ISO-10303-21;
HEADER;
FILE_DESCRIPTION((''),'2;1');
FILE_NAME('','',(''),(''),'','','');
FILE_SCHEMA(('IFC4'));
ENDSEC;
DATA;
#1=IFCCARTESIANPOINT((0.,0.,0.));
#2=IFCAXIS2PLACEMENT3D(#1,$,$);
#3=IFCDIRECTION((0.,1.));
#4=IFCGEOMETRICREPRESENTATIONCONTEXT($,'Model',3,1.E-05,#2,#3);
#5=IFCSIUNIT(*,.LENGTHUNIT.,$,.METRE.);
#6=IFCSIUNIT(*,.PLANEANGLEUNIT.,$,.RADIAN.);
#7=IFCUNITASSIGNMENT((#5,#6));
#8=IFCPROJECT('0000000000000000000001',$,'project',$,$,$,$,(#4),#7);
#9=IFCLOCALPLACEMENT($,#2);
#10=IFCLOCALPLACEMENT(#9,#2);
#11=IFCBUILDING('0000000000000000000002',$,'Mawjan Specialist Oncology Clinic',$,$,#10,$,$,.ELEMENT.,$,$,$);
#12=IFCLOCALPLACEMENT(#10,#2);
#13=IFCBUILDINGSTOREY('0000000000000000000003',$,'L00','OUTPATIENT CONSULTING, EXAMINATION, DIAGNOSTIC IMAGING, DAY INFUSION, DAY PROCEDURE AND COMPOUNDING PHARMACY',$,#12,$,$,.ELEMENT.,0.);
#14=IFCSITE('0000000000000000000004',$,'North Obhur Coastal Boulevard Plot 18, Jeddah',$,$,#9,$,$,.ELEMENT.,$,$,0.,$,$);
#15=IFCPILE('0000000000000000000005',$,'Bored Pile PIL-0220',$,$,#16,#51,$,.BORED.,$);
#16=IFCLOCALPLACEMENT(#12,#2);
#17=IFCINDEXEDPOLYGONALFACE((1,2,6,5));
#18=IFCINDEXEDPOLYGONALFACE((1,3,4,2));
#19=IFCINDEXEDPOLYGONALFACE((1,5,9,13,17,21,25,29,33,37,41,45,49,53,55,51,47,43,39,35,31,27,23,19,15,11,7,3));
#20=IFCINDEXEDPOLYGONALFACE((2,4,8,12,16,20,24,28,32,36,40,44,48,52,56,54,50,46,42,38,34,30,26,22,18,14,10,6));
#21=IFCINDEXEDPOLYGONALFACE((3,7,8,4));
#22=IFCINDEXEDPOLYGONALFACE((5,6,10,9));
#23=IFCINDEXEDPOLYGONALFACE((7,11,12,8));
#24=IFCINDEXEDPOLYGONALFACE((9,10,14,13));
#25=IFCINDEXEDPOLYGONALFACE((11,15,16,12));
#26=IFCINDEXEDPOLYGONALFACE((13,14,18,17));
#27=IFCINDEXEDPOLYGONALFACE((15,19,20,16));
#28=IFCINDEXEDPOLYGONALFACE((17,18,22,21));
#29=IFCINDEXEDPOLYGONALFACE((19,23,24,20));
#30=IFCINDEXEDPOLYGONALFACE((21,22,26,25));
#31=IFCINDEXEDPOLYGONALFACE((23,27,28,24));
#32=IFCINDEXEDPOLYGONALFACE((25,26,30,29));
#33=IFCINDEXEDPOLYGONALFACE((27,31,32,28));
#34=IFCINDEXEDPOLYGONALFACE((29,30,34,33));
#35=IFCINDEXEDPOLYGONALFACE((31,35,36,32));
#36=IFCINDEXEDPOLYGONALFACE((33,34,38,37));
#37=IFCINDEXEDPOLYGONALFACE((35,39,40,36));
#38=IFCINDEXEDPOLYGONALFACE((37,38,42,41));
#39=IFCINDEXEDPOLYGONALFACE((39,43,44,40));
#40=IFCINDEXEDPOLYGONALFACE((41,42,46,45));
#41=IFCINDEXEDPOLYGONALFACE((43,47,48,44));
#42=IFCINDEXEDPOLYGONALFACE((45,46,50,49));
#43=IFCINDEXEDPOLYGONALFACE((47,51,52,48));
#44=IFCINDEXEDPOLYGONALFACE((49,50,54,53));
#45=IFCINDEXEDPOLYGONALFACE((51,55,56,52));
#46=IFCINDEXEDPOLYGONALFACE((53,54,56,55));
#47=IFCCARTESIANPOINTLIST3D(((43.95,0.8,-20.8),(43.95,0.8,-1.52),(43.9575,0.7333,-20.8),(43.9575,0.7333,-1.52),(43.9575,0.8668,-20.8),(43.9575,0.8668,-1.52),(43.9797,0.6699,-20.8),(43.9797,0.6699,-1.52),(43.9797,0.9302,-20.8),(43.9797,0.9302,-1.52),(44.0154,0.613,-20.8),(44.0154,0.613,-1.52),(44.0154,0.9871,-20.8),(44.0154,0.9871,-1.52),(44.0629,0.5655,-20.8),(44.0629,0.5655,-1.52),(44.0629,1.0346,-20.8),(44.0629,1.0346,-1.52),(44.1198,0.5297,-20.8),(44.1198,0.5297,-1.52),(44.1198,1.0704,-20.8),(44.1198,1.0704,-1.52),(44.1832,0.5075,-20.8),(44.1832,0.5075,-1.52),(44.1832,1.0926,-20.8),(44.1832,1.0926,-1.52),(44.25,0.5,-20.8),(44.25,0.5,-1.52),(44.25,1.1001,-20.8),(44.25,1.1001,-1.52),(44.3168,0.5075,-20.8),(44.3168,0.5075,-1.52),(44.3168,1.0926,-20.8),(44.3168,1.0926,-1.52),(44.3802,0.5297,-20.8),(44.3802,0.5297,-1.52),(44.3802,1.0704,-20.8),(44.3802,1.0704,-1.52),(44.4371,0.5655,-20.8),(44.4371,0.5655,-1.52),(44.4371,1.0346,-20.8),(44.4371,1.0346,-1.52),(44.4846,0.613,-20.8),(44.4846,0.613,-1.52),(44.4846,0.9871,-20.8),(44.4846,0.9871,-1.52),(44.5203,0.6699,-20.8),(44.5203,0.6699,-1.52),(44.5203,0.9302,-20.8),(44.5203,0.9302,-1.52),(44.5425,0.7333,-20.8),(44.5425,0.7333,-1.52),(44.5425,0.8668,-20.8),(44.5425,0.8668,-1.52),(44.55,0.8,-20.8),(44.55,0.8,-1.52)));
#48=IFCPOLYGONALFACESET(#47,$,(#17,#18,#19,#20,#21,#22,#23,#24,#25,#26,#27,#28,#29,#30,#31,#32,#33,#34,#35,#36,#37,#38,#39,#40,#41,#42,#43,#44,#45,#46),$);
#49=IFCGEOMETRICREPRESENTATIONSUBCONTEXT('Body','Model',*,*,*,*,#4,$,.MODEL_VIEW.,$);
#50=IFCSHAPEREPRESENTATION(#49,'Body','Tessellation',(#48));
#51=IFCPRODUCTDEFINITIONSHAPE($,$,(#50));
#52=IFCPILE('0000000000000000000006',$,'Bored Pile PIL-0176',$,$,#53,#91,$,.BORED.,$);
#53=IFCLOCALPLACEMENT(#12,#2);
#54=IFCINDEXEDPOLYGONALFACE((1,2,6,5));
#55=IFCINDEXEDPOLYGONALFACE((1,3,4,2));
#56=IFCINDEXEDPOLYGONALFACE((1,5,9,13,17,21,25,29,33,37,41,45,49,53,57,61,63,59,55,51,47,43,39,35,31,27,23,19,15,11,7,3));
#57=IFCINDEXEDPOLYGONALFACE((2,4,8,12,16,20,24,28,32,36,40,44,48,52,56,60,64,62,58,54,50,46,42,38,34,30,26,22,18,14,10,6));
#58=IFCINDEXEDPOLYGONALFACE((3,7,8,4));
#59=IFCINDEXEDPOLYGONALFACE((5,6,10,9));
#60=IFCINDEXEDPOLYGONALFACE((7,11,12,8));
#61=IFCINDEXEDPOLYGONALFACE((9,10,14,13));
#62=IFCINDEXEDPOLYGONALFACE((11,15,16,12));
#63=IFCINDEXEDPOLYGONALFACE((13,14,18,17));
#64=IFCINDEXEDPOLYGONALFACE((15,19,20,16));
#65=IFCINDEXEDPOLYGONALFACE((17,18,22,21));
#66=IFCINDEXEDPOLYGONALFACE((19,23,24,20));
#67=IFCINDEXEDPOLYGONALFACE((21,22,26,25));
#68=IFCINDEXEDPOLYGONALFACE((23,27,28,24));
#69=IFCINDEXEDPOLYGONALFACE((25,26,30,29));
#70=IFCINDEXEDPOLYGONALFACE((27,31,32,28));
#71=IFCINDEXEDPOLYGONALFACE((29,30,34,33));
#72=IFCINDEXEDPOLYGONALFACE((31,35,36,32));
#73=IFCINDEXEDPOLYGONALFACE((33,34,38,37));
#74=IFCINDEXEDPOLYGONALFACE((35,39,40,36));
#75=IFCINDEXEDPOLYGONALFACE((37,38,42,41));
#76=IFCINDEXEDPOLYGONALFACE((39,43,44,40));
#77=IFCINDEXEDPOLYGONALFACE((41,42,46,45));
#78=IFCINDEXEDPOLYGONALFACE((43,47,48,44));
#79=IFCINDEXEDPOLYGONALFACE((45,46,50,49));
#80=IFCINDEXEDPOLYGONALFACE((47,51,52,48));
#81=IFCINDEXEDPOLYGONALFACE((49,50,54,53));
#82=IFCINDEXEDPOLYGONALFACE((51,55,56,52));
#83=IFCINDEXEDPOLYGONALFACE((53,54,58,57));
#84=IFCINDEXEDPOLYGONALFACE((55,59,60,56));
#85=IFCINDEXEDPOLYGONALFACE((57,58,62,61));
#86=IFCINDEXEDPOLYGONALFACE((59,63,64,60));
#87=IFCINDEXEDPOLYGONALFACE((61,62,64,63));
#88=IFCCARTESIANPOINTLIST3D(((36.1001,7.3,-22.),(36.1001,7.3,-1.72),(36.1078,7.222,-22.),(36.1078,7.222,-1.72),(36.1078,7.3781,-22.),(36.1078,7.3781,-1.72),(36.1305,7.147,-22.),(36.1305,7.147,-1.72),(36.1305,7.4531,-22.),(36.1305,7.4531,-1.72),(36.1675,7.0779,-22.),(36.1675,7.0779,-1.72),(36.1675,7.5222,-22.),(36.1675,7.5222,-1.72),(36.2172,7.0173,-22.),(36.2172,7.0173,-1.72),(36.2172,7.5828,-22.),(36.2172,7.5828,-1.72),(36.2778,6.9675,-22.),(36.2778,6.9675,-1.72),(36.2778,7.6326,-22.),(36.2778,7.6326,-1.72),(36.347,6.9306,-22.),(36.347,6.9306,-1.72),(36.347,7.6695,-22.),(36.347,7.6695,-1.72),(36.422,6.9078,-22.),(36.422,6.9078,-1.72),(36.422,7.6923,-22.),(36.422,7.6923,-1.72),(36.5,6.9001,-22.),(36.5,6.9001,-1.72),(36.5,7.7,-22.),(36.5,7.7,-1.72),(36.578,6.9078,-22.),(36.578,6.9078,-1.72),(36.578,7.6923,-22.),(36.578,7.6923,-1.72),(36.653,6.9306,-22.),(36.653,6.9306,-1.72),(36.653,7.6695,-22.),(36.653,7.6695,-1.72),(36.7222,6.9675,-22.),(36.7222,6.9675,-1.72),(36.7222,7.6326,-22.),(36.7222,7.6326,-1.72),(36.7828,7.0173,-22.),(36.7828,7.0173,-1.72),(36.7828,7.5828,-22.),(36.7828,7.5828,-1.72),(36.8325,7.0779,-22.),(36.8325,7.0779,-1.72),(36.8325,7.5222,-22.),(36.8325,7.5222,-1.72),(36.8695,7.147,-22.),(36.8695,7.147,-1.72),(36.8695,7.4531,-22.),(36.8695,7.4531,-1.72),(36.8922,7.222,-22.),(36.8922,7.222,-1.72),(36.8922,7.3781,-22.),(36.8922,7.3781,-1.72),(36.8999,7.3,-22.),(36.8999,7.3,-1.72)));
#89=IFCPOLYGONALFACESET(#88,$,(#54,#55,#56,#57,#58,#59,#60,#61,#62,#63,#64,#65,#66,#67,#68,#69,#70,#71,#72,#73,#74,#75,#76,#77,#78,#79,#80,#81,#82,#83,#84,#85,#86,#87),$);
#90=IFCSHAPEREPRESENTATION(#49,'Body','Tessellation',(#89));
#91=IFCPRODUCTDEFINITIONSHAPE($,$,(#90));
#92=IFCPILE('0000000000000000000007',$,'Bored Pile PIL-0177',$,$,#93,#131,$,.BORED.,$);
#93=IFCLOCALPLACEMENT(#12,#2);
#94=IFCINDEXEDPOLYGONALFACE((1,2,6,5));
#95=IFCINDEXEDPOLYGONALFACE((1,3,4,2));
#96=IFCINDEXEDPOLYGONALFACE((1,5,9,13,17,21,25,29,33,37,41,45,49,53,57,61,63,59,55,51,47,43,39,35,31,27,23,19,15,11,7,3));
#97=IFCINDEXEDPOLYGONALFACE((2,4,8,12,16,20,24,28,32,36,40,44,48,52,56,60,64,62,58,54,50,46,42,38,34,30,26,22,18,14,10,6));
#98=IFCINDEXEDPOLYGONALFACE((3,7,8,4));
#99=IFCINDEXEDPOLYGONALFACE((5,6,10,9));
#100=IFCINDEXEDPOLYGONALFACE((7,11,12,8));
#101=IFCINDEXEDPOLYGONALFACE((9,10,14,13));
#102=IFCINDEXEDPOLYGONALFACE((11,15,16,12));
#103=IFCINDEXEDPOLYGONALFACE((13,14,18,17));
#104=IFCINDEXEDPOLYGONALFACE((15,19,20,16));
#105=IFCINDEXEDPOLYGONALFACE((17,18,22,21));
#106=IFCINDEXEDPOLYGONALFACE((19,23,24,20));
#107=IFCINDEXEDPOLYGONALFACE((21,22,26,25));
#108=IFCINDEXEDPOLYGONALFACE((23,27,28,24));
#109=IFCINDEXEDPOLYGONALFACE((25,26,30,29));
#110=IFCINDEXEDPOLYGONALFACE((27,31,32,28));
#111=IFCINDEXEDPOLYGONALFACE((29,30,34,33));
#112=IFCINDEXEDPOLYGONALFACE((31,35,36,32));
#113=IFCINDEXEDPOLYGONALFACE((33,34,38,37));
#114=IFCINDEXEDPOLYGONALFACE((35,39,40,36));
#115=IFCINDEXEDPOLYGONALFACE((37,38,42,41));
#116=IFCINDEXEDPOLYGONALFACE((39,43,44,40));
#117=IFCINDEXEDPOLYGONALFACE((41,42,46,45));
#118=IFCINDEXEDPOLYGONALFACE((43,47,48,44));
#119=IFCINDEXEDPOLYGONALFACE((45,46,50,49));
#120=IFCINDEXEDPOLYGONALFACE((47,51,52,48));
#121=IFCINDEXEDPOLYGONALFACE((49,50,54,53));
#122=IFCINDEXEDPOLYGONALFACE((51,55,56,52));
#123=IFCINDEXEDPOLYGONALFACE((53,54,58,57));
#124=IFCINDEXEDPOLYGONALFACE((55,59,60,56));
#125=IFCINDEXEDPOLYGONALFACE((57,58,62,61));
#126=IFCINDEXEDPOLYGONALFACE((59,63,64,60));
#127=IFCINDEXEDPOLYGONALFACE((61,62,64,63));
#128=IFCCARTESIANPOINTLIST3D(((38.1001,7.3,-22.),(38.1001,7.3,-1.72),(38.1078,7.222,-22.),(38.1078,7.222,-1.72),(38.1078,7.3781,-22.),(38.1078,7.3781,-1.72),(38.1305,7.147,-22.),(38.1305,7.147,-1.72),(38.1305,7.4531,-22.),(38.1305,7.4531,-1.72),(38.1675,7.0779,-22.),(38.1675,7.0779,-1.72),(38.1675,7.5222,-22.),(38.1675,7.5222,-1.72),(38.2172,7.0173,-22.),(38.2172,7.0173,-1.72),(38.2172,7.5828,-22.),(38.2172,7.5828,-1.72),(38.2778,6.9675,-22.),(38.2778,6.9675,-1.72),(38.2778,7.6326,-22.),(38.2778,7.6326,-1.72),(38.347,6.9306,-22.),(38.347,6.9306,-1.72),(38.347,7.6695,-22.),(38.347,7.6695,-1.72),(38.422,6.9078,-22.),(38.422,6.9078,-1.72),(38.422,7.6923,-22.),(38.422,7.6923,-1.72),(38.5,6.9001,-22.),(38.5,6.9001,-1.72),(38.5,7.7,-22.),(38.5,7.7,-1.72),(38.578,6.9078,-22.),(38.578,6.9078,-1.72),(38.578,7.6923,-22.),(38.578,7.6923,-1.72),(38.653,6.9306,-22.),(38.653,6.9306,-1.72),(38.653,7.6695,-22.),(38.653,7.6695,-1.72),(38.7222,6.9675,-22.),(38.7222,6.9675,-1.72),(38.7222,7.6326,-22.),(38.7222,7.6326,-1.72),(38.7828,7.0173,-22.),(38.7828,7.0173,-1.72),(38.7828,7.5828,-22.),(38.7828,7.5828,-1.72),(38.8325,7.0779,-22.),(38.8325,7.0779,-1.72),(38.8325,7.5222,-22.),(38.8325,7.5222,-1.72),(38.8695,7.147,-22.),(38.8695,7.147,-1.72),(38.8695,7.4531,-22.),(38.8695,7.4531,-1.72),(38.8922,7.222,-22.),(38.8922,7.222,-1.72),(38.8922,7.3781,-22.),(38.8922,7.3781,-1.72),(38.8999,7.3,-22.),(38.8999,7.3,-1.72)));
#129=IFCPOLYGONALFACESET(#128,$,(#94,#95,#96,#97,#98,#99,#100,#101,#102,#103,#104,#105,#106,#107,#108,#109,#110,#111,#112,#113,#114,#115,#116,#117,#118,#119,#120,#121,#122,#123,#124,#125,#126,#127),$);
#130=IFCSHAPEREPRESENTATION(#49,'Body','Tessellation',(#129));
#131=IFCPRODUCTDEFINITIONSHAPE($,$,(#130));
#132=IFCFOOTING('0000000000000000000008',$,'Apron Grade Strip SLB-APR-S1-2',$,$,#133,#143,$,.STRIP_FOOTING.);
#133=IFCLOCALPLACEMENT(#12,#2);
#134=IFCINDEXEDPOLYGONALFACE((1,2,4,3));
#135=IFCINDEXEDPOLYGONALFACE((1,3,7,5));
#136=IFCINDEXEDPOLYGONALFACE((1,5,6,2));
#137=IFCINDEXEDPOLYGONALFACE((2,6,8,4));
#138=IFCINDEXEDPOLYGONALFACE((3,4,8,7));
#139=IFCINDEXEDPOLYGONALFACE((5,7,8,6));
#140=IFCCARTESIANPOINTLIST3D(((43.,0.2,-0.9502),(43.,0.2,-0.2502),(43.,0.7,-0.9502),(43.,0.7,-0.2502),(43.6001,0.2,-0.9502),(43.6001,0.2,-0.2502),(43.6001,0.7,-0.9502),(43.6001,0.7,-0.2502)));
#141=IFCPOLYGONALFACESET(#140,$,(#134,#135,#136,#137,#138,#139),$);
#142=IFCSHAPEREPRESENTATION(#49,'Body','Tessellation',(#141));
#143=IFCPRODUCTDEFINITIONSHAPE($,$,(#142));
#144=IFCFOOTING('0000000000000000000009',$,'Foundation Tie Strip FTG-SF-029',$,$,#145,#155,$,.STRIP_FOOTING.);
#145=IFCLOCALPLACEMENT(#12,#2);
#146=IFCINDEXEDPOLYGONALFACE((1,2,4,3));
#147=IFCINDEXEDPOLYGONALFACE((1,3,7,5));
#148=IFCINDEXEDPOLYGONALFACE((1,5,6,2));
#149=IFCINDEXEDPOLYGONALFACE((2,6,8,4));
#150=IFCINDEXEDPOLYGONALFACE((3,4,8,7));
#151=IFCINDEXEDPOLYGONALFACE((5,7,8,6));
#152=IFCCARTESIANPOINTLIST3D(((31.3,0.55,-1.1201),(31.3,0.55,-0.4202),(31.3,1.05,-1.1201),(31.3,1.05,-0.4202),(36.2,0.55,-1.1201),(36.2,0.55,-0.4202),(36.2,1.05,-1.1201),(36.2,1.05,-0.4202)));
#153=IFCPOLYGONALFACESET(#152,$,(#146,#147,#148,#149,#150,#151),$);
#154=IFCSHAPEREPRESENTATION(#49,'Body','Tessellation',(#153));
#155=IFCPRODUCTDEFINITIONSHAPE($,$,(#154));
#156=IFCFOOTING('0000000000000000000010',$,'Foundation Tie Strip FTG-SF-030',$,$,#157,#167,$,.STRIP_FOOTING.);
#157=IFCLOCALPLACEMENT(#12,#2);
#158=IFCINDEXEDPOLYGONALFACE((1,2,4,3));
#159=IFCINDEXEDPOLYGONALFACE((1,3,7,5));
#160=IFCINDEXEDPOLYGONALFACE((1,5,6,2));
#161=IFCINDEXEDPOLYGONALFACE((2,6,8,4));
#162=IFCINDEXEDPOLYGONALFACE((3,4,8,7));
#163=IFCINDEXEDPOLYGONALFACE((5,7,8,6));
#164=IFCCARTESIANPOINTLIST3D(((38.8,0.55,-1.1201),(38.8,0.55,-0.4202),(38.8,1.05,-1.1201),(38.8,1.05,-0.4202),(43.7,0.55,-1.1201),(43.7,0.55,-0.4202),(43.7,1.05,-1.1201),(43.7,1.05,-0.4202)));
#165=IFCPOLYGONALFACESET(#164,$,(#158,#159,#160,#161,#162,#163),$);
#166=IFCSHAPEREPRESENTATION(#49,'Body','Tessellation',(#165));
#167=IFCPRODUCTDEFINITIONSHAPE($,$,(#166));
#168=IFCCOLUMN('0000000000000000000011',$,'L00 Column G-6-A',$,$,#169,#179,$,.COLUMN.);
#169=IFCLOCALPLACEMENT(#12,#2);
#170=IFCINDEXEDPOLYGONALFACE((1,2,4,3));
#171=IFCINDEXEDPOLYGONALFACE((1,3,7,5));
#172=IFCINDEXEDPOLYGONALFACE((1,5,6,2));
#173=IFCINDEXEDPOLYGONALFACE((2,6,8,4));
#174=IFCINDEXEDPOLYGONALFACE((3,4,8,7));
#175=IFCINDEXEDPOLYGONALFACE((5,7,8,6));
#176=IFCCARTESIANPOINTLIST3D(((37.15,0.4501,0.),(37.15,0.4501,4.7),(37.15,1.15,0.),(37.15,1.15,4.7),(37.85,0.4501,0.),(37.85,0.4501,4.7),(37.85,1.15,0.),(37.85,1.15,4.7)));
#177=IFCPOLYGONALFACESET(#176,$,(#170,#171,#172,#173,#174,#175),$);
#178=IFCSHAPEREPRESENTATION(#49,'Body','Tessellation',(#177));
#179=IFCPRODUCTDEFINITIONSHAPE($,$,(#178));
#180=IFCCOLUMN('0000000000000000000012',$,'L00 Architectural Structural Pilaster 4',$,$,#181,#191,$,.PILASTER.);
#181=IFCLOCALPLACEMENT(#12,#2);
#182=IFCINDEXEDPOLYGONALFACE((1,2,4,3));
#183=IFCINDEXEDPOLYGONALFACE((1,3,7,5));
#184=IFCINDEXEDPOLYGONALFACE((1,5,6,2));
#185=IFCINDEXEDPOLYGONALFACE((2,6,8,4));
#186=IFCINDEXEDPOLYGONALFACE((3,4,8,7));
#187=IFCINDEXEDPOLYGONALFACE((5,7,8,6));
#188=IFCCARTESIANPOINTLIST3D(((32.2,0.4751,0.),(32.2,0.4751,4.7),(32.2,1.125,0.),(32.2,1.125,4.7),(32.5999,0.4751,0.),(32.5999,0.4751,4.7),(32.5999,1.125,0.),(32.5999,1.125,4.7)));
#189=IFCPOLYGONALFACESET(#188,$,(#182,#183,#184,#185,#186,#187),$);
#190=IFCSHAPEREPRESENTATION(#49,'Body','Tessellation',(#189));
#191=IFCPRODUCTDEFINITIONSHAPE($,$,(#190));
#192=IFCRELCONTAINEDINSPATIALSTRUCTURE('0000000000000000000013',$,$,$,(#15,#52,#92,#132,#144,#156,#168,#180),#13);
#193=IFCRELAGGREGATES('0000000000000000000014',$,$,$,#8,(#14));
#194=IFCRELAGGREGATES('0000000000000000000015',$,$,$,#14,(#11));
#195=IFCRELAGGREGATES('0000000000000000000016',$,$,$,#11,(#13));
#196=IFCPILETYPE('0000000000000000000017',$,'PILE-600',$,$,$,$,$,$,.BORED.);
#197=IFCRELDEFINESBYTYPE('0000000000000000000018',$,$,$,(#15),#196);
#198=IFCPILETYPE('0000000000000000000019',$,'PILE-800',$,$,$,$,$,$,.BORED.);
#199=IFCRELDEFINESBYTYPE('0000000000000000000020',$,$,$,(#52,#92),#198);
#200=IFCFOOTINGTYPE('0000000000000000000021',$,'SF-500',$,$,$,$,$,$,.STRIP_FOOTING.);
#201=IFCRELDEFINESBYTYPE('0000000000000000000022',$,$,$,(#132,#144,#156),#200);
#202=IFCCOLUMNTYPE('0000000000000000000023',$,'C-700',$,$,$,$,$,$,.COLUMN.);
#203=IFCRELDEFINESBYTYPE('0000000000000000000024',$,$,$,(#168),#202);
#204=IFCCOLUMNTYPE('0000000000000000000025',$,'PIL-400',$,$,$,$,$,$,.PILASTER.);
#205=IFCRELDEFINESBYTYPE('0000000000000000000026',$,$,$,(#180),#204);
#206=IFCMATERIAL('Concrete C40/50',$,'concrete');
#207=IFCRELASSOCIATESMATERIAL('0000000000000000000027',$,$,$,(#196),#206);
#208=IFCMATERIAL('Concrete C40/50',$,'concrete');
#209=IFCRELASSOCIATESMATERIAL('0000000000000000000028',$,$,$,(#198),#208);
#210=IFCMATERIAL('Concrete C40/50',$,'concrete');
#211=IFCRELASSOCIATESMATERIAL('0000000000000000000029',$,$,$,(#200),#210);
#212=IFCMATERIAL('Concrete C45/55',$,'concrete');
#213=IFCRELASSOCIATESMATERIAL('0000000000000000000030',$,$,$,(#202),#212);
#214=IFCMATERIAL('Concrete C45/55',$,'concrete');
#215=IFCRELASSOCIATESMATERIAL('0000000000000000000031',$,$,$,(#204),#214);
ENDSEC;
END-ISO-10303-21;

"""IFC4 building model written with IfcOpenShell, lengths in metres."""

from ifc_helpers import new_model, si_unit, direction, frame, origin, origin_2d, place, context, subcontext, project, spatial, rectangle, circle, extrude, material, material_profile, profile_set, type_object, element, save


model = new_model("IFC4")

# Units and contexts
model_context = context("Model", 3, precision=1e-05, world=origin(), true_north=direction((0.0, 1.0)))
body_context = subcontext(model_context, "Body", "Model", "MODEL_VIEW")
ifc_project = project(units=[si_unit("LENGTHUNIT", "METRE"), si_unit("PLANEANGLEUNIT", "RADIAN")], contexts=[model_context])

# Site, building, storey
site_placement = place(None, origin())
site = spatial("IfcSite", under=ifc_project, at=site_placement, Name="North Obhur Coastal Boulevard Plot 18, Jeddah", CompositionType="ELEMENT", RefElevation=0.0)
building_placement = place(site_placement, origin())
building = spatial("IfcBuilding", under=site, at=building_placement, Name="Mawjan Specialist Oncology Clinic", CompositionType="ELEMENT")
storey_placement = place(building_placement, origin())
storey = spatial("IfcBuildingStorey", under=building, at=storey_placement, Name="L00", Description="OUTPATIENT CONSULTING, EXAMINATION, DIAGNOSTIC IMAGING, DAY INFUSION, DAY PROCEDURE AND COMPOUNDING PHARMACY", CompositionType="ELEMENT", Elevation=0.0)

# Piles
ifc_material_1 = material(Name="Concrete C40/50", Category="concrete")
ifc_material_profile_1 = material_profile(ifc_material_1, circle(Radius=0.3, at=origin_2d()), Name="BORED PILE D600", Category="concrete")
ifc_profile_set_1 = profile_set([ifc_material_profile_1], Name="Concrete C40/50")
pile_type_1 = type_object("IfcPileType", Name="PILE-600", PredefinedType="BORED", material=ifc_profile_set_1)
for number, where, z_axis, x_axis, name in (
    (1, (44.25, 0.8, -1.52), (0.0, 0.0, -1.0), (1.0, 0.0, 0.0), "Bored Pile PIL-0220"),
):
    element("IfcPile", number, at=place(storey_placement, frame(where, z_axis=z_axis, x_axis=x_axis)), inside=storey, type_object=pile_type_1, Name=name, PredefinedType="BORED", context=body_context, shape_type="SweptSolid", body=[
        extrude(circle(Radius=0.3, at=origin_2d()), origin(), (0.0, 0.0, 1.0), 19.28),
    ])
ifc_material_2 = material(Name="Concrete C40/50", Category="concrete")
ifc_material_profile_2 = material_profile(ifc_material_2, circle(Radius=0.3999, at=origin_2d()), Name="BORED PILE D800", Category="concrete")
ifc_profile_set_2 = profile_set([ifc_material_profile_2], Name="Concrete C40/50")
pile_type_2 = type_object("IfcPileType", Name="PILE-800", PredefinedType="BORED", material=ifc_profile_set_2)
for number, where, z_axis, x_axis, name in (
    (2, (36.5, 7.3, -1.72), (0.0, 0.0, -1.0), (1.0, 0.0, 0.0), "Bored Pile PIL-0176"),
    (3, (38.5, 7.3, -1.72), (0.0, 0.0, -1.0), (1.0, 0.0, 0.0), "Bored Pile PIL-0177"),
):
    element("IfcPile", number, at=place(storey_placement, frame(where, z_axis=z_axis, x_axis=x_axis)), inside=storey, type_object=pile_type_2, Name=name, PredefinedType="BORED", context=body_context, shape_type="SweptSolid", body=[
        extrude(circle(Radius=0.3999, at=origin_2d()), origin(), (0.0, 0.0, 1.0), 20.28),
    ])

# Footings
ifc_material_3 = material(Name="Concrete C40/50", Category="concrete")
footing_type_1 = type_object("IfcFootingType", Name="SF-500", PredefinedType="STRIP_FOOTING", material=ifc_material_3)
footing_1_placement = place(storey_placement, frame((43.3, 0.45, -0.9502), z_axis=(0.0, 0.0, 1.0), x_axis=(1.0, 0.0, 0.0)))
element("IfcFooting", 4, at=footing_1_placement, inside=storey, type_object=footing_type_1, Name="Apron Grade Strip SLB-APR-S1-2", PredefinedType="STRIP_FOOTING", context=body_context, shape_type="SweptSolid", body=[
    extrude(rectangle(XDim=0.6001, YDim=0.5, at=origin_2d()), origin(), (0.0, 0.0, 1.0), 0.7),
])
for number, where, z_axis, x_axis, name in (
    (5, (33.75, 0.8, -1.1201), (0.0, 0.0, 1.0), (1.0, 0.0, 0.0), "Foundation Tie Strip FTG-SF-029"),
    (6, (41.25, 0.8, -1.1201), (0.0, 0.0, 1.0), (1.0, 0.0, 0.0), "Foundation Tie Strip FTG-SF-030"),
):
    element("IfcFooting", number, at=place(storey_placement, frame(where, z_axis=z_axis, x_axis=x_axis)), inside=storey, type_object=footing_type_1, Name=name, PredefinedType="STRIP_FOOTING", context=body_context, shape_type="SweptSolid", body=[
        extrude(rectangle(XDim=4.8999, YDim=0.5, at=origin_2d()), origin(), (0.0, 0.0, 1.0), 0.7),
    ])

# Columns
ifc_material_4 = material(Name="Concrete C45/55", Category="concrete")
ifc_material_profile_3 = material_profile(ifc_material_4, rectangle(XDim=0.7, YDim=0.7, at=origin_2d()), Name="RC COL 700x700", Category="concrete")
ifc_profile_set_3 = profile_set([ifc_material_profile_3], Name="Concrete C45/55")
column_type_1 = type_object("IfcColumnType", Name="C-700", PredefinedType="COLUMN", material=ifc_profile_set_3)
column_placement = place(storey_placement, frame((37.5, 0.8, 0.0), z_axis=(0.0, 0.0, 1.0), x_axis=(1.0, 0.0, 0.0)))
element("IfcColumn", 7, at=column_placement, inside=storey, type_object=column_type_1, Name="L00 Column G-6-A", PredefinedType="COLUMN", context=body_context, shape_type="SweptSolid", body=[
    extrude(rectangle(XDim=0.7, YDim=0.7, at=origin_2d()), origin(), (0.0, 0.0, 1.0), 4.7),
])
ifc_material_5 = material(Name="Concrete C45/55", Category="concrete")
ifc_material_profile_4 = material_profile(ifc_material_5, rectangle(XDim=0.3999, YDim=0.6499, at=origin_2d()), Name="RC PIL 400x650", Category="concrete")
ifc_profile_set_4 = profile_set([ifc_material_profile_4], Name="Concrete C45/55")
column_type_2 = type_object("IfcColumnType", Name="PIL-400", PredefinedType="PILASTER", material=ifc_profile_set_4)
for number, where, z_axis, x_axis, name in (
    (8, (32.3999, 0.8, 0.0), (0.0, 0.0, 1.0), (1.0, 0.0, 0.0), "L00 Architectural Structural Pilaster 4"),
):
    element("IfcColumn", number, at=place(storey_placement, frame(where, z_axis=z_axis, x_axis=x_axis)), inside=storey, type_object=column_type_2, Name=name, PredefinedType="PILASTER", context=body_context, shape_type="SweptSolid", body=[
        extrude(rectangle(XDim=0.3999, YDim=0.6499, at=origin_2d()), origin(), (0.0, 0.0, 1.0), 4.7),
    ])

save(model, "model.ifc")
